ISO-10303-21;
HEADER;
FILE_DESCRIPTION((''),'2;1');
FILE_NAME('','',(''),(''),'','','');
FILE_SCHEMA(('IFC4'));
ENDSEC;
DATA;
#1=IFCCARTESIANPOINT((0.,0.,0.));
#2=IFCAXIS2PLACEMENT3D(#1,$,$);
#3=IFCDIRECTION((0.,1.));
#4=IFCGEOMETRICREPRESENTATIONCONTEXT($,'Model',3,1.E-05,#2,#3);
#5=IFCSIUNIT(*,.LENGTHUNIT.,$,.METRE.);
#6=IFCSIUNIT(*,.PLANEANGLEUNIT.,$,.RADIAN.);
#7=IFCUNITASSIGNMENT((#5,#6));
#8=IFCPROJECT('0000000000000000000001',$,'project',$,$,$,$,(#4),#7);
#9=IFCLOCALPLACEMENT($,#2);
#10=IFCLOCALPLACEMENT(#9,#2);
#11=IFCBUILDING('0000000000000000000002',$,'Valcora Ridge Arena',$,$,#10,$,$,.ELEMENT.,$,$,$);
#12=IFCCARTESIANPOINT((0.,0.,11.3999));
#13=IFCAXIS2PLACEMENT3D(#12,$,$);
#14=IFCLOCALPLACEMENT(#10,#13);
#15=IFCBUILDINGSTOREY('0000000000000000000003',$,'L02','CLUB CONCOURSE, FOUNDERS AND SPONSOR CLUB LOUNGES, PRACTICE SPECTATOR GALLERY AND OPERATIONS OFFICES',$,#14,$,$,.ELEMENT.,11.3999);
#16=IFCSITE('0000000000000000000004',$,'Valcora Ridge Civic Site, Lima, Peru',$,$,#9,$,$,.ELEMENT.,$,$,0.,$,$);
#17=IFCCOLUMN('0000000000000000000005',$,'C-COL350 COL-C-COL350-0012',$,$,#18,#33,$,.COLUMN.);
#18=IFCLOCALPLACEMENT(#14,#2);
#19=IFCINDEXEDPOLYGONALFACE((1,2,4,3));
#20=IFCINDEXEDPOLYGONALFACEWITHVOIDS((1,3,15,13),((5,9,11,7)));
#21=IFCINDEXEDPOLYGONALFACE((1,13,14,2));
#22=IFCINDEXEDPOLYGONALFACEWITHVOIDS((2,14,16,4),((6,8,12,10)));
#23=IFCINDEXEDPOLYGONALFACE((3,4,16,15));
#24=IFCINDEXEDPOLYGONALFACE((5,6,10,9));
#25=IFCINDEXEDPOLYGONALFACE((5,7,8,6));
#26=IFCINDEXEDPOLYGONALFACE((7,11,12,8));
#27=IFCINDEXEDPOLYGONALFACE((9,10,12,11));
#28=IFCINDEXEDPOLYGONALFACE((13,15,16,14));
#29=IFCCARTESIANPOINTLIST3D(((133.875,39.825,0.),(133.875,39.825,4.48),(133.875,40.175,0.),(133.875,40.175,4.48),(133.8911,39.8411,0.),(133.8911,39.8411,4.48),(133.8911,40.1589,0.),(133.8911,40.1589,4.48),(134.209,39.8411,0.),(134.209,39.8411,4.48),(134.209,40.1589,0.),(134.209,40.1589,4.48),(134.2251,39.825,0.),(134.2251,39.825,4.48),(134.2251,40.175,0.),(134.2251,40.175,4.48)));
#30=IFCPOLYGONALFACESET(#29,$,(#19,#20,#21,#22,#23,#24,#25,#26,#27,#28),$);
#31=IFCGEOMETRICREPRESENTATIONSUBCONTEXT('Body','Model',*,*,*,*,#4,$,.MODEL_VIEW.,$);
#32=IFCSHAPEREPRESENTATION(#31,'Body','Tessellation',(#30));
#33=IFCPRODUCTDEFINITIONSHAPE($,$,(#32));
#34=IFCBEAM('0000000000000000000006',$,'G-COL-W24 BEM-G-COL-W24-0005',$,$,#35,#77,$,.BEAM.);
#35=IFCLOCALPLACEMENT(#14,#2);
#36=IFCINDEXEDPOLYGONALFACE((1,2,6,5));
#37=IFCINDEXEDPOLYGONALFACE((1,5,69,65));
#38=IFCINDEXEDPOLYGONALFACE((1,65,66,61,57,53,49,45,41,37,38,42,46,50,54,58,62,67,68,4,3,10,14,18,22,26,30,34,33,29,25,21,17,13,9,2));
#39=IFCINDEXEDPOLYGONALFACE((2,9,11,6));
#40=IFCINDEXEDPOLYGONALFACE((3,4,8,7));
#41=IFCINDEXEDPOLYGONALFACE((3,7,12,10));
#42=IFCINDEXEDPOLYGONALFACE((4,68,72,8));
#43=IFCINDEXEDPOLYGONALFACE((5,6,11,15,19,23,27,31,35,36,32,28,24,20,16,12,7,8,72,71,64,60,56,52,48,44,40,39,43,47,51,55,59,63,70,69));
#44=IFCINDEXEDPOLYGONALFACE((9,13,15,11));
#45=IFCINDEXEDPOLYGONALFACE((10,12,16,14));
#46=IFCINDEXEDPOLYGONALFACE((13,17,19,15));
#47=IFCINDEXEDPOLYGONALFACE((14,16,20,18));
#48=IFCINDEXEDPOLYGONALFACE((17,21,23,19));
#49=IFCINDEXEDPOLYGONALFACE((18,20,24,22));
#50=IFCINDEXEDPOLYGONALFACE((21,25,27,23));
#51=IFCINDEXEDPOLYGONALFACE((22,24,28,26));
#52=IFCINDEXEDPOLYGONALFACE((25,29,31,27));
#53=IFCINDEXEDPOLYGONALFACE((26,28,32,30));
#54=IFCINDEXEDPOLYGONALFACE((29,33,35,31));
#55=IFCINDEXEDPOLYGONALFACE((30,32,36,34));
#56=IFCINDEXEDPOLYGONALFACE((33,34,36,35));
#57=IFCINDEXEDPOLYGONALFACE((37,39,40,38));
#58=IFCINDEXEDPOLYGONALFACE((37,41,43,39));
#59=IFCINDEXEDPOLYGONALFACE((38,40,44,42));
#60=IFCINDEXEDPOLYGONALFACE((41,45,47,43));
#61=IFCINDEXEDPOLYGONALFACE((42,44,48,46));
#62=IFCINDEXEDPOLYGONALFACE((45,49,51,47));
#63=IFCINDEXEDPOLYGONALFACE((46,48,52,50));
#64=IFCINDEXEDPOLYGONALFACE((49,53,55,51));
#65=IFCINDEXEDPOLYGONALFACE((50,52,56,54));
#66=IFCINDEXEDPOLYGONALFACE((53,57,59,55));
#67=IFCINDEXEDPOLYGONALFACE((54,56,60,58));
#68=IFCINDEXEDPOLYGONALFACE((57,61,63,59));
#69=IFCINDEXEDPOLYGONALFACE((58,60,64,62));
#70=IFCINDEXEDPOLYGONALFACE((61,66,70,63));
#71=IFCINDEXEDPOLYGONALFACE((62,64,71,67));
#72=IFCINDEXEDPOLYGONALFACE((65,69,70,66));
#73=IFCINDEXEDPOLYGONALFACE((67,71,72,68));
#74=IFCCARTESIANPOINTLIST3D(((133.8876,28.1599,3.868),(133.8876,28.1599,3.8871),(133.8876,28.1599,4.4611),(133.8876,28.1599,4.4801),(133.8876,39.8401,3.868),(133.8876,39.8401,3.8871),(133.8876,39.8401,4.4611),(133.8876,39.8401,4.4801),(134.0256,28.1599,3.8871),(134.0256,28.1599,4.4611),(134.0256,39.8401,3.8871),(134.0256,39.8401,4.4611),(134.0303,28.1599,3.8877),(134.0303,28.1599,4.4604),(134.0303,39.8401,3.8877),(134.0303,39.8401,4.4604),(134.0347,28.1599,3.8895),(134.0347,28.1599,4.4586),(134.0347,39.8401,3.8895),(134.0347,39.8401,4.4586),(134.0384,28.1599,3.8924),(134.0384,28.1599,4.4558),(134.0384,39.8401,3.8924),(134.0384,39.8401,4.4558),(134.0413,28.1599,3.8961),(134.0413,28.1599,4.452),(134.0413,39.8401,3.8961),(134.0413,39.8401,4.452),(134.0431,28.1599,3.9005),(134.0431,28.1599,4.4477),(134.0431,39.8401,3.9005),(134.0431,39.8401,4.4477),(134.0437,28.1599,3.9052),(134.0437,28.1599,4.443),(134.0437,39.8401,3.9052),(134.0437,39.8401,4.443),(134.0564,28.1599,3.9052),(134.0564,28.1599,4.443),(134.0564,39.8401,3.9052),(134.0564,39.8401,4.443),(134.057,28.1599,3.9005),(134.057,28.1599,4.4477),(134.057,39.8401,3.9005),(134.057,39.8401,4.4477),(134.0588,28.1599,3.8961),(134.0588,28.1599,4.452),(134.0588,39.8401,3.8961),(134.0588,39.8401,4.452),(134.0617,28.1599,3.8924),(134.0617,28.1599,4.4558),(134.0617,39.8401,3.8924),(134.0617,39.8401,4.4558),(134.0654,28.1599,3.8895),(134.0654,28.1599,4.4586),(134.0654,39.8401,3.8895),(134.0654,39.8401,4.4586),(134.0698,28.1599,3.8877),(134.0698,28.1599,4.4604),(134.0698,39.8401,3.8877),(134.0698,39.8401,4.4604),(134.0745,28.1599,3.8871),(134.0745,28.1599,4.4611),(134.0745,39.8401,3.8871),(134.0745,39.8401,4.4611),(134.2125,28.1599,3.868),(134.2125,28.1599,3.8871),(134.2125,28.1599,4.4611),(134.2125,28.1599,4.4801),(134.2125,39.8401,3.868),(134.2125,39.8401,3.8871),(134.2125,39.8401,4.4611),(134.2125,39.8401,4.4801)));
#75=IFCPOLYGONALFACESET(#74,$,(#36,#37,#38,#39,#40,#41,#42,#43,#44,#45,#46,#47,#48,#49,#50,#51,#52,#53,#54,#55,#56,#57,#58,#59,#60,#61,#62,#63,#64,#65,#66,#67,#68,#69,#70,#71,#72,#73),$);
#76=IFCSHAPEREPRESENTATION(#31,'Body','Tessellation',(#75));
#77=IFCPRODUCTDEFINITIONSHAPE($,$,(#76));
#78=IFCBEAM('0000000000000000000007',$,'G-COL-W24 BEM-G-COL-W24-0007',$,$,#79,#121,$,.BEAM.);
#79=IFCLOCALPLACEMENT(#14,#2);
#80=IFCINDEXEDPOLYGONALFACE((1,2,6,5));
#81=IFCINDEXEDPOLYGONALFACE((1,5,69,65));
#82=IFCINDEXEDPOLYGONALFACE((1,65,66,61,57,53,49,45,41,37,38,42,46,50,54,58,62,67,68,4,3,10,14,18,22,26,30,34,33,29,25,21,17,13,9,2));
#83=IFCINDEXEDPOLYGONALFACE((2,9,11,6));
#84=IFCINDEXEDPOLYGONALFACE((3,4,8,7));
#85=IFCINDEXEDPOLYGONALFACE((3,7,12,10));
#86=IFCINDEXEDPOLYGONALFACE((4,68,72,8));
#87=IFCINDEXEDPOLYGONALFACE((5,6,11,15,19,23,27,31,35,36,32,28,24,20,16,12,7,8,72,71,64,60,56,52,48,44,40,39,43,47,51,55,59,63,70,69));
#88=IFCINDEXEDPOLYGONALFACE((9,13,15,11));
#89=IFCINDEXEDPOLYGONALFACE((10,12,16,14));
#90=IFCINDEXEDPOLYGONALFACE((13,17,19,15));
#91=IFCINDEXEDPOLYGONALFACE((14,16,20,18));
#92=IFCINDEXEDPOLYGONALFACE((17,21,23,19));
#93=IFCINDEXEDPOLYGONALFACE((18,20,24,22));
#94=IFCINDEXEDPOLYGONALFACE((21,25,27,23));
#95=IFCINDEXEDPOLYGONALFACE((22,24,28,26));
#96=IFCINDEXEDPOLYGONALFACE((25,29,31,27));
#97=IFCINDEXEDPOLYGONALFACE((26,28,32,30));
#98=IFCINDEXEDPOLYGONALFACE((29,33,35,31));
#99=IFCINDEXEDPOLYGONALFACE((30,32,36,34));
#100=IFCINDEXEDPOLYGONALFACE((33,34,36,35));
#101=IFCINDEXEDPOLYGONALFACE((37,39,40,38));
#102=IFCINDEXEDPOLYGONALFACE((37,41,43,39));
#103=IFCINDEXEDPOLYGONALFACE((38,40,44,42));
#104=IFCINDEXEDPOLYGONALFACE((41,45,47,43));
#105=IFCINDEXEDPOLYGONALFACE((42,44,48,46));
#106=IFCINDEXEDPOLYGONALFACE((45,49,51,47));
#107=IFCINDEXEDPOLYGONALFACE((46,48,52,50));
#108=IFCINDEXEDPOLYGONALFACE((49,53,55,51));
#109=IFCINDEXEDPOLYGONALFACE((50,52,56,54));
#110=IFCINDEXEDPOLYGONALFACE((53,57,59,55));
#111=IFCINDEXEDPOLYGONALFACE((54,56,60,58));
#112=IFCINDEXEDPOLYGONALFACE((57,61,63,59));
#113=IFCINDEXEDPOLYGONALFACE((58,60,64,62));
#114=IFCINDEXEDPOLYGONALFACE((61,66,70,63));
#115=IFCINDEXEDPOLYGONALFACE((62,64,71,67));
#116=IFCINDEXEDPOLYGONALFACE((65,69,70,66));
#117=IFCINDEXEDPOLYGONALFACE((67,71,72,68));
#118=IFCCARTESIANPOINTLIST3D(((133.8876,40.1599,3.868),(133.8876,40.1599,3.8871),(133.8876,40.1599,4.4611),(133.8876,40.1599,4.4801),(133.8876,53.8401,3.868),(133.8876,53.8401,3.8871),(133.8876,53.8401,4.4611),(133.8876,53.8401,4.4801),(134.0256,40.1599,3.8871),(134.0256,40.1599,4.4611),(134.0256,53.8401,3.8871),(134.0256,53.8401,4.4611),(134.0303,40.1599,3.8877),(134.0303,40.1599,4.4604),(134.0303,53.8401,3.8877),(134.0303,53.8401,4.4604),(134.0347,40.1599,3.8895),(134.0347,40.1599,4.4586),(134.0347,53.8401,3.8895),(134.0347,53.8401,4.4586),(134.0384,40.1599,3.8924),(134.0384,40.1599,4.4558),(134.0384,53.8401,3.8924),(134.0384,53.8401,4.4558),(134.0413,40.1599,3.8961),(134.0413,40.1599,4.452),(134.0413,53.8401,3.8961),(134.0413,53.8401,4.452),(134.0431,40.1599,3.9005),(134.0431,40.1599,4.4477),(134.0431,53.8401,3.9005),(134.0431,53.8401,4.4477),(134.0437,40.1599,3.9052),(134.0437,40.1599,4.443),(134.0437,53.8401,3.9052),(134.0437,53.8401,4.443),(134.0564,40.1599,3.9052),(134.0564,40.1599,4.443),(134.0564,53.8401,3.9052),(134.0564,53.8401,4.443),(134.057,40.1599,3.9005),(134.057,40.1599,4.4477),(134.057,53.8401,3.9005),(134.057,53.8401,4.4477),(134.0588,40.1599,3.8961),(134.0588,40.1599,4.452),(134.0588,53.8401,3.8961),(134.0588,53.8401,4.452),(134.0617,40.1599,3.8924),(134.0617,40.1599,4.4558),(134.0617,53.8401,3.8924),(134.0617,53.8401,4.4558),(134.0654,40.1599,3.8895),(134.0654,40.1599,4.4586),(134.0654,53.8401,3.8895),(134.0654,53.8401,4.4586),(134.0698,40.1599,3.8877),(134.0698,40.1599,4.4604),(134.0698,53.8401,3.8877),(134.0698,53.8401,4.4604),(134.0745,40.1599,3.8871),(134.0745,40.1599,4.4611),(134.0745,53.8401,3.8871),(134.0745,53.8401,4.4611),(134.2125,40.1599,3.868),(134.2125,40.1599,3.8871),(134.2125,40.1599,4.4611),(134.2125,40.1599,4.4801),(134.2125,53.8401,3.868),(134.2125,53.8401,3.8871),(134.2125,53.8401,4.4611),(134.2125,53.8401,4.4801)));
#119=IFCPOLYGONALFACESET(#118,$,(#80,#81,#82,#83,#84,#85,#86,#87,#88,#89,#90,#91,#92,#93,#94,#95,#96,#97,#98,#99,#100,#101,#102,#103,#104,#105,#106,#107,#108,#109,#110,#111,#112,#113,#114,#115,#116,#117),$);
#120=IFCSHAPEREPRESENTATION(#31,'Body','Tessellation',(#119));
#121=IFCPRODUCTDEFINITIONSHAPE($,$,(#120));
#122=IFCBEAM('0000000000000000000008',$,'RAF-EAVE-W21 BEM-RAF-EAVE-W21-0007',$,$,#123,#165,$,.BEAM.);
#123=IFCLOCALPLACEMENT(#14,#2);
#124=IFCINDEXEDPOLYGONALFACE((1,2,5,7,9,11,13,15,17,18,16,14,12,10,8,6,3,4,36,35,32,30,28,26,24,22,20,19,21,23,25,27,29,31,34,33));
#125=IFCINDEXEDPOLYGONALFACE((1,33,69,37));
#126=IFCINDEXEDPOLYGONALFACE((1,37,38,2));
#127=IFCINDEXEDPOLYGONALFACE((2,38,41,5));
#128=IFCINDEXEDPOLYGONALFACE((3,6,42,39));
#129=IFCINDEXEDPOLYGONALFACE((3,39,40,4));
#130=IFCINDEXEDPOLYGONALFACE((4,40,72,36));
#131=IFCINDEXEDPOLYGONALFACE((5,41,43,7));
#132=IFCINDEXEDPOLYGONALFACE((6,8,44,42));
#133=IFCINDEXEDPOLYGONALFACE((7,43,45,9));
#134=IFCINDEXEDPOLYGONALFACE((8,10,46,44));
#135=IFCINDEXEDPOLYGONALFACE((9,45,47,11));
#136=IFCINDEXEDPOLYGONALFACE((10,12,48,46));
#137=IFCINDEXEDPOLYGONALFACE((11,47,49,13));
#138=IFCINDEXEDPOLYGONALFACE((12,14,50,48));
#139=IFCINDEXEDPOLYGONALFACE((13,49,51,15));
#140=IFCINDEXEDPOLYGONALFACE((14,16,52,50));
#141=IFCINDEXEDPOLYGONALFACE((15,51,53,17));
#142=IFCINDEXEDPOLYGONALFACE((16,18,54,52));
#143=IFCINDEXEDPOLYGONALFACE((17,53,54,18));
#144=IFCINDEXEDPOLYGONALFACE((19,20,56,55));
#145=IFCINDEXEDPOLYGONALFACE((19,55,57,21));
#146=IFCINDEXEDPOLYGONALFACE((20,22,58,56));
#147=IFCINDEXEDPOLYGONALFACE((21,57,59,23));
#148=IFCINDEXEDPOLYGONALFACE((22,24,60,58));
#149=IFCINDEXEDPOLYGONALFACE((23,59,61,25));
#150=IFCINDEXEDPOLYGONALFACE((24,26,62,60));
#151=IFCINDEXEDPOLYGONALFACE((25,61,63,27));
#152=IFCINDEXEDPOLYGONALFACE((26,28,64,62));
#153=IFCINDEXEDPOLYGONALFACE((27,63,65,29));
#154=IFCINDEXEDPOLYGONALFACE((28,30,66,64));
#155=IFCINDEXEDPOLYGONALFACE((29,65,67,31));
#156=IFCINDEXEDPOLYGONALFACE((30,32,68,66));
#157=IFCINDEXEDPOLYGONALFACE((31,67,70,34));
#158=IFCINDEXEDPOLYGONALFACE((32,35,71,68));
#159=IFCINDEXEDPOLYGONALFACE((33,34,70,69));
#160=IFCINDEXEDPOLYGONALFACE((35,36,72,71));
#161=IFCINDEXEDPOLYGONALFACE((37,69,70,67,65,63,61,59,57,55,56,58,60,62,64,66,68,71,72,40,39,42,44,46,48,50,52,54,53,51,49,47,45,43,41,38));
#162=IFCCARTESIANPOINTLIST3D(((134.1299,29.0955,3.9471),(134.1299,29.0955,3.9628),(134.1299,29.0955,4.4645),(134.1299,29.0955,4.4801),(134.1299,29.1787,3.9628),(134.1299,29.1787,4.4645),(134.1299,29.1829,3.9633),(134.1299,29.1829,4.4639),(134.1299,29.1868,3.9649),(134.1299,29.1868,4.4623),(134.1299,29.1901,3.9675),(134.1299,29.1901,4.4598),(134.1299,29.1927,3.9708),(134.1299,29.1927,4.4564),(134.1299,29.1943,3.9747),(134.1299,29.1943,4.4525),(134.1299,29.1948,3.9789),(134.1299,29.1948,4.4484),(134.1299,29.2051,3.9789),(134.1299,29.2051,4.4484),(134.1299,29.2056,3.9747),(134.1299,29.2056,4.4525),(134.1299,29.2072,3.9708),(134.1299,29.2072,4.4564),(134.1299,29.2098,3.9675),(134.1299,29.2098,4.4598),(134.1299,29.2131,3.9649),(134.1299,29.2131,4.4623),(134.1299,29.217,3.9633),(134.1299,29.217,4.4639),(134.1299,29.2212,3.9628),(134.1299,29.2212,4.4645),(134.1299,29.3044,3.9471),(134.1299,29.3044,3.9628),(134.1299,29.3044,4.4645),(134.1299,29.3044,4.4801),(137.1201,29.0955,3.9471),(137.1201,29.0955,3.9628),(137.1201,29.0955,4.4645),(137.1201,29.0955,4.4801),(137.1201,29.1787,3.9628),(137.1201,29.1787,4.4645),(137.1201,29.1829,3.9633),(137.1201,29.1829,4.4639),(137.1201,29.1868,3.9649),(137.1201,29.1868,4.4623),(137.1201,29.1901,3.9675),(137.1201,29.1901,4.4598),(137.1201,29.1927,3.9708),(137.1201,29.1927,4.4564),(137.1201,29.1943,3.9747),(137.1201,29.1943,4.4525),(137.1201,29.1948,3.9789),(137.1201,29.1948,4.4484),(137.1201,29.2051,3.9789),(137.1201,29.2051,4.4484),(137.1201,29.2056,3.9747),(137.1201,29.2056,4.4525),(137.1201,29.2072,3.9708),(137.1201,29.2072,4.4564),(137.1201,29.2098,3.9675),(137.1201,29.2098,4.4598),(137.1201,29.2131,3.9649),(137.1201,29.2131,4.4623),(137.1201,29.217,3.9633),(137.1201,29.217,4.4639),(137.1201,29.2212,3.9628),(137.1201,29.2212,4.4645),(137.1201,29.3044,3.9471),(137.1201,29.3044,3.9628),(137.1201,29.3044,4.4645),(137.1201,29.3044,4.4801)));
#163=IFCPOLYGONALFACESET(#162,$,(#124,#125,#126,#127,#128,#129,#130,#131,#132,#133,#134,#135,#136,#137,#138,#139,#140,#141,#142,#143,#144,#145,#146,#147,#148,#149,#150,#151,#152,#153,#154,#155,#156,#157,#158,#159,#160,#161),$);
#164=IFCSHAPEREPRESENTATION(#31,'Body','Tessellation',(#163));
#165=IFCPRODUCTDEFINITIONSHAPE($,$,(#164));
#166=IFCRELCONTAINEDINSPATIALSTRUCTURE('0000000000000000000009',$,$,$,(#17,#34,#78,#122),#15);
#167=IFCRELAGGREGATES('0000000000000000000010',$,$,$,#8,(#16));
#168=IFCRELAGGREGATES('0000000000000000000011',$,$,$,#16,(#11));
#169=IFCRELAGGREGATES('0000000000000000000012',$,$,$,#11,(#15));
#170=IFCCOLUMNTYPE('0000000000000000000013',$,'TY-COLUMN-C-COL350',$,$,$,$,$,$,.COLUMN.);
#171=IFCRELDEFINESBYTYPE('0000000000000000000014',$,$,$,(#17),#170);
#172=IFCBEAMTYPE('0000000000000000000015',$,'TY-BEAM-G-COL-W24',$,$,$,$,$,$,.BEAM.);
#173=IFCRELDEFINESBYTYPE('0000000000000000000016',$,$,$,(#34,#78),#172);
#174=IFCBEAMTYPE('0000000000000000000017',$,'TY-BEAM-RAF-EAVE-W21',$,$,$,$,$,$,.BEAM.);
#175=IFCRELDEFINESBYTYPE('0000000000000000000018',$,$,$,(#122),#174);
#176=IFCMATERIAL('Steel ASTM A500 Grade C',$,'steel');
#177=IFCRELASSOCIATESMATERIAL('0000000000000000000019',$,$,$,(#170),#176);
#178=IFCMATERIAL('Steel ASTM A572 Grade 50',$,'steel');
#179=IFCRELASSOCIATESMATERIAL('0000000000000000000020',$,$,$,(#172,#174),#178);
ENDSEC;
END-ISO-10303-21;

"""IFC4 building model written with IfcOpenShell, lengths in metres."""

from ifc_helpers import new_model, si_unit, direction, frame, origin, origin_2d, place, context, subcontext, project, spatial, hollow_rectangle, i_section, extrude, material, material_profile, profile_set, type_object, element, save


model = new_model("IFC4")

# Units and contexts
model_context = context("Model", 3, precision=1e-05, world=origin(), true_north=direction((0.0, 1.0)))
body_context = subcontext(model_context, "Body", "Model", "MODEL_VIEW")
ifc_project = project(units=[si_unit("LENGTHUNIT", "METRE"), si_unit("PLANEANGLEUNIT", "RADIAN")], contexts=[model_context])

# Site, building, storey
site_placement = place(None, origin())
site = spatial("IfcSite", under=ifc_project, at=site_placement, Name="Valcora Ridge Civic Site, Lima, Peru", CompositionType="ELEMENT", RefElevation=0.0)
building_placement = place(site_placement, origin())
building = spatial("IfcBuilding", under=site, at=building_placement, Name="Valcora Ridge Arena", CompositionType="ELEMENT")
storey_placement = place(building_placement, frame((0.0, 0.0, 11.3999)))
storey = spatial("IfcBuildingStorey", under=building, at=storey_placement, Name="L02", Description="CLUB CONCOURSE, FOUNDERS AND SPONSOR CLUB LOUNGES, PRACTICE SPECTATOR GALLERY AND OPERATIONS OFFICES", CompositionType="ELEMENT", Elevation=11.3999)

# Column
ifc_material_1 = material(Name="Steel ASTM A500 Grade C", Category="steel")
ifc_material_profile_1 = material_profile(ifc_material_1, hollow_rectangle(XDim=0.3501, YDim=0.3501, WallThickness=0.0161, at=origin_2d()), Name="HSS350X350X16")
ifc_profile_set_1 = profile_set([ifc_material_profile_1], Name="Steel ASTM A500 Grade C")
column_type = type_object("IfcColumnType", Name="TY-COLUMN-C-COL350", PredefinedType="COLUMN", material=ifc_profile_set_1)
column_placement = place(storey_placement, frame((134.05, 40.0, 0.0), z_axis=(0.0, 0.0, 1.0), x_axis=(1.0, 0.0, 0.0)))
element("IfcColumn", 1, at=column_placement, inside=storey, type_object=column_type, Name="C-COL350 COL-C-COL350-0012", PredefinedType="COLUMN", context=body_context, shape_type="SweptSolid", body=[
    extrude(hollow_rectangle(XDim=0.3501, YDim=0.3501, WallThickness=0.0161, at=origin_2d()), origin(), (0.0, 0.0, 1.0), 4.48),
])

# Beams
ifc_material_2 = material(Name="Steel ASTM A572 Grade 50", Category="steel")
ifc_material_profile_2 = material_profile(ifc_material_2, i_section(OverallWidth=0.325, OverallDepth=0.6121, WebThickness=0.0127, FlangeThickness=0.019, FilletRadius=0.0181, at=origin_2d()), Name="W24X104")
ifc_profile_set_2 = profile_set([ifc_material_profile_2], Name="Steel ASTM A572 Grade 50")
beam_type_1 = type_object("IfcBeamType", Name="TY-BEAM-G-COL-W24", PredefinedType="BEAM", material=ifc_profile_set_2)
beam_1_placement = place(storey_placement, frame((134.05, 28.1599, 4.1741), z_axis=(0.0, 1.0, 0.0), x_axis=(-1.0, 0.0, 0.0)))
element("IfcBeam", 2, at=beam_1_placement, inside=storey, type_object=beam_type_1, Name="G-COL-W24 BEM-G-COL-W24-0005", PredefinedType="BEAM", context=body_context, shape_type="SweptSolid", body=[
    extrude(i_section(OverallWidth=0.325, OverallDepth=0.6121, WebThickness=0.0127, FlangeThickness=0.019, FilletRadius=0.0181, at=origin_2d()), origin(), (0.0, 0.0, 1.0), 11.6802),
])
beam_2_placement = place(storey_placement, frame((134.05, 40.1599, 4.1741), z_axis=(0.0, 1.0, 0.0), x_axis=(-1.0, 0.0, 0.0)))
element("IfcBeam", 3, at=beam_2_placement, inside=storey, type_object=beam_type_1, Name="G-COL-W24 BEM-G-COL-W24-0007", PredefinedType="BEAM", context=body_context, shape_type="SweptSolid", body=[
    extrude(i_section(OverallWidth=0.325, OverallDepth=0.6121, WebThickness=0.0127, FlangeThickness=0.019, FilletRadius=0.0181, at=origin_2d()), origin(), (0.0, 0.0, 1.0), 13.6802),
])
ifc_material_profile_3 = material_profile(ifc_material_2, i_section(OverallWidth=0.209, OverallDepth=0.533, WebThickness=0.0103, FlangeThickness=0.0156, FilletRadius=0.0161, at=origin_2d()), Name="W21X62")
ifc_profile_set_3 = profile_set([ifc_material_profile_3], Name="Steel ASTM A572 Grade 50")
beam_type_2 = type_object("IfcBeamType", Name="TY-BEAM-RAF-EAVE-W21", PredefinedType="BEAM", material=ifc_profile_set_3)
for number, where, z_axis, x_axis, name in (
    (4, (134.1299, 29.2, 4.2136), (1.0, 0.0, 0.0), (0.0, 1.0, 0.0), "RAF-EAVE-W21 BEM-RAF-EAVE-W21-0007"),
):
    element("IfcBeam", number, at=place(storey_placement, frame(where, z_axis=z_axis, x_axis=x_axis)), inside=storey, type_object=beam_type_2, Name=name, PredefinedType="BEAM", context=body_context, shape_type="SweptSolid", body=[
        extrude(i_section(OverallWidth=0.209, OverallDepth=0.533, WebThickness=0.0103, FlangeThickness=0.0156, FilletRadius=0.0161, at=origin_2d()), origin(), (0.0, 0.0, 1.0), 2.9902),
    ])

save(model, "model.ifc")
